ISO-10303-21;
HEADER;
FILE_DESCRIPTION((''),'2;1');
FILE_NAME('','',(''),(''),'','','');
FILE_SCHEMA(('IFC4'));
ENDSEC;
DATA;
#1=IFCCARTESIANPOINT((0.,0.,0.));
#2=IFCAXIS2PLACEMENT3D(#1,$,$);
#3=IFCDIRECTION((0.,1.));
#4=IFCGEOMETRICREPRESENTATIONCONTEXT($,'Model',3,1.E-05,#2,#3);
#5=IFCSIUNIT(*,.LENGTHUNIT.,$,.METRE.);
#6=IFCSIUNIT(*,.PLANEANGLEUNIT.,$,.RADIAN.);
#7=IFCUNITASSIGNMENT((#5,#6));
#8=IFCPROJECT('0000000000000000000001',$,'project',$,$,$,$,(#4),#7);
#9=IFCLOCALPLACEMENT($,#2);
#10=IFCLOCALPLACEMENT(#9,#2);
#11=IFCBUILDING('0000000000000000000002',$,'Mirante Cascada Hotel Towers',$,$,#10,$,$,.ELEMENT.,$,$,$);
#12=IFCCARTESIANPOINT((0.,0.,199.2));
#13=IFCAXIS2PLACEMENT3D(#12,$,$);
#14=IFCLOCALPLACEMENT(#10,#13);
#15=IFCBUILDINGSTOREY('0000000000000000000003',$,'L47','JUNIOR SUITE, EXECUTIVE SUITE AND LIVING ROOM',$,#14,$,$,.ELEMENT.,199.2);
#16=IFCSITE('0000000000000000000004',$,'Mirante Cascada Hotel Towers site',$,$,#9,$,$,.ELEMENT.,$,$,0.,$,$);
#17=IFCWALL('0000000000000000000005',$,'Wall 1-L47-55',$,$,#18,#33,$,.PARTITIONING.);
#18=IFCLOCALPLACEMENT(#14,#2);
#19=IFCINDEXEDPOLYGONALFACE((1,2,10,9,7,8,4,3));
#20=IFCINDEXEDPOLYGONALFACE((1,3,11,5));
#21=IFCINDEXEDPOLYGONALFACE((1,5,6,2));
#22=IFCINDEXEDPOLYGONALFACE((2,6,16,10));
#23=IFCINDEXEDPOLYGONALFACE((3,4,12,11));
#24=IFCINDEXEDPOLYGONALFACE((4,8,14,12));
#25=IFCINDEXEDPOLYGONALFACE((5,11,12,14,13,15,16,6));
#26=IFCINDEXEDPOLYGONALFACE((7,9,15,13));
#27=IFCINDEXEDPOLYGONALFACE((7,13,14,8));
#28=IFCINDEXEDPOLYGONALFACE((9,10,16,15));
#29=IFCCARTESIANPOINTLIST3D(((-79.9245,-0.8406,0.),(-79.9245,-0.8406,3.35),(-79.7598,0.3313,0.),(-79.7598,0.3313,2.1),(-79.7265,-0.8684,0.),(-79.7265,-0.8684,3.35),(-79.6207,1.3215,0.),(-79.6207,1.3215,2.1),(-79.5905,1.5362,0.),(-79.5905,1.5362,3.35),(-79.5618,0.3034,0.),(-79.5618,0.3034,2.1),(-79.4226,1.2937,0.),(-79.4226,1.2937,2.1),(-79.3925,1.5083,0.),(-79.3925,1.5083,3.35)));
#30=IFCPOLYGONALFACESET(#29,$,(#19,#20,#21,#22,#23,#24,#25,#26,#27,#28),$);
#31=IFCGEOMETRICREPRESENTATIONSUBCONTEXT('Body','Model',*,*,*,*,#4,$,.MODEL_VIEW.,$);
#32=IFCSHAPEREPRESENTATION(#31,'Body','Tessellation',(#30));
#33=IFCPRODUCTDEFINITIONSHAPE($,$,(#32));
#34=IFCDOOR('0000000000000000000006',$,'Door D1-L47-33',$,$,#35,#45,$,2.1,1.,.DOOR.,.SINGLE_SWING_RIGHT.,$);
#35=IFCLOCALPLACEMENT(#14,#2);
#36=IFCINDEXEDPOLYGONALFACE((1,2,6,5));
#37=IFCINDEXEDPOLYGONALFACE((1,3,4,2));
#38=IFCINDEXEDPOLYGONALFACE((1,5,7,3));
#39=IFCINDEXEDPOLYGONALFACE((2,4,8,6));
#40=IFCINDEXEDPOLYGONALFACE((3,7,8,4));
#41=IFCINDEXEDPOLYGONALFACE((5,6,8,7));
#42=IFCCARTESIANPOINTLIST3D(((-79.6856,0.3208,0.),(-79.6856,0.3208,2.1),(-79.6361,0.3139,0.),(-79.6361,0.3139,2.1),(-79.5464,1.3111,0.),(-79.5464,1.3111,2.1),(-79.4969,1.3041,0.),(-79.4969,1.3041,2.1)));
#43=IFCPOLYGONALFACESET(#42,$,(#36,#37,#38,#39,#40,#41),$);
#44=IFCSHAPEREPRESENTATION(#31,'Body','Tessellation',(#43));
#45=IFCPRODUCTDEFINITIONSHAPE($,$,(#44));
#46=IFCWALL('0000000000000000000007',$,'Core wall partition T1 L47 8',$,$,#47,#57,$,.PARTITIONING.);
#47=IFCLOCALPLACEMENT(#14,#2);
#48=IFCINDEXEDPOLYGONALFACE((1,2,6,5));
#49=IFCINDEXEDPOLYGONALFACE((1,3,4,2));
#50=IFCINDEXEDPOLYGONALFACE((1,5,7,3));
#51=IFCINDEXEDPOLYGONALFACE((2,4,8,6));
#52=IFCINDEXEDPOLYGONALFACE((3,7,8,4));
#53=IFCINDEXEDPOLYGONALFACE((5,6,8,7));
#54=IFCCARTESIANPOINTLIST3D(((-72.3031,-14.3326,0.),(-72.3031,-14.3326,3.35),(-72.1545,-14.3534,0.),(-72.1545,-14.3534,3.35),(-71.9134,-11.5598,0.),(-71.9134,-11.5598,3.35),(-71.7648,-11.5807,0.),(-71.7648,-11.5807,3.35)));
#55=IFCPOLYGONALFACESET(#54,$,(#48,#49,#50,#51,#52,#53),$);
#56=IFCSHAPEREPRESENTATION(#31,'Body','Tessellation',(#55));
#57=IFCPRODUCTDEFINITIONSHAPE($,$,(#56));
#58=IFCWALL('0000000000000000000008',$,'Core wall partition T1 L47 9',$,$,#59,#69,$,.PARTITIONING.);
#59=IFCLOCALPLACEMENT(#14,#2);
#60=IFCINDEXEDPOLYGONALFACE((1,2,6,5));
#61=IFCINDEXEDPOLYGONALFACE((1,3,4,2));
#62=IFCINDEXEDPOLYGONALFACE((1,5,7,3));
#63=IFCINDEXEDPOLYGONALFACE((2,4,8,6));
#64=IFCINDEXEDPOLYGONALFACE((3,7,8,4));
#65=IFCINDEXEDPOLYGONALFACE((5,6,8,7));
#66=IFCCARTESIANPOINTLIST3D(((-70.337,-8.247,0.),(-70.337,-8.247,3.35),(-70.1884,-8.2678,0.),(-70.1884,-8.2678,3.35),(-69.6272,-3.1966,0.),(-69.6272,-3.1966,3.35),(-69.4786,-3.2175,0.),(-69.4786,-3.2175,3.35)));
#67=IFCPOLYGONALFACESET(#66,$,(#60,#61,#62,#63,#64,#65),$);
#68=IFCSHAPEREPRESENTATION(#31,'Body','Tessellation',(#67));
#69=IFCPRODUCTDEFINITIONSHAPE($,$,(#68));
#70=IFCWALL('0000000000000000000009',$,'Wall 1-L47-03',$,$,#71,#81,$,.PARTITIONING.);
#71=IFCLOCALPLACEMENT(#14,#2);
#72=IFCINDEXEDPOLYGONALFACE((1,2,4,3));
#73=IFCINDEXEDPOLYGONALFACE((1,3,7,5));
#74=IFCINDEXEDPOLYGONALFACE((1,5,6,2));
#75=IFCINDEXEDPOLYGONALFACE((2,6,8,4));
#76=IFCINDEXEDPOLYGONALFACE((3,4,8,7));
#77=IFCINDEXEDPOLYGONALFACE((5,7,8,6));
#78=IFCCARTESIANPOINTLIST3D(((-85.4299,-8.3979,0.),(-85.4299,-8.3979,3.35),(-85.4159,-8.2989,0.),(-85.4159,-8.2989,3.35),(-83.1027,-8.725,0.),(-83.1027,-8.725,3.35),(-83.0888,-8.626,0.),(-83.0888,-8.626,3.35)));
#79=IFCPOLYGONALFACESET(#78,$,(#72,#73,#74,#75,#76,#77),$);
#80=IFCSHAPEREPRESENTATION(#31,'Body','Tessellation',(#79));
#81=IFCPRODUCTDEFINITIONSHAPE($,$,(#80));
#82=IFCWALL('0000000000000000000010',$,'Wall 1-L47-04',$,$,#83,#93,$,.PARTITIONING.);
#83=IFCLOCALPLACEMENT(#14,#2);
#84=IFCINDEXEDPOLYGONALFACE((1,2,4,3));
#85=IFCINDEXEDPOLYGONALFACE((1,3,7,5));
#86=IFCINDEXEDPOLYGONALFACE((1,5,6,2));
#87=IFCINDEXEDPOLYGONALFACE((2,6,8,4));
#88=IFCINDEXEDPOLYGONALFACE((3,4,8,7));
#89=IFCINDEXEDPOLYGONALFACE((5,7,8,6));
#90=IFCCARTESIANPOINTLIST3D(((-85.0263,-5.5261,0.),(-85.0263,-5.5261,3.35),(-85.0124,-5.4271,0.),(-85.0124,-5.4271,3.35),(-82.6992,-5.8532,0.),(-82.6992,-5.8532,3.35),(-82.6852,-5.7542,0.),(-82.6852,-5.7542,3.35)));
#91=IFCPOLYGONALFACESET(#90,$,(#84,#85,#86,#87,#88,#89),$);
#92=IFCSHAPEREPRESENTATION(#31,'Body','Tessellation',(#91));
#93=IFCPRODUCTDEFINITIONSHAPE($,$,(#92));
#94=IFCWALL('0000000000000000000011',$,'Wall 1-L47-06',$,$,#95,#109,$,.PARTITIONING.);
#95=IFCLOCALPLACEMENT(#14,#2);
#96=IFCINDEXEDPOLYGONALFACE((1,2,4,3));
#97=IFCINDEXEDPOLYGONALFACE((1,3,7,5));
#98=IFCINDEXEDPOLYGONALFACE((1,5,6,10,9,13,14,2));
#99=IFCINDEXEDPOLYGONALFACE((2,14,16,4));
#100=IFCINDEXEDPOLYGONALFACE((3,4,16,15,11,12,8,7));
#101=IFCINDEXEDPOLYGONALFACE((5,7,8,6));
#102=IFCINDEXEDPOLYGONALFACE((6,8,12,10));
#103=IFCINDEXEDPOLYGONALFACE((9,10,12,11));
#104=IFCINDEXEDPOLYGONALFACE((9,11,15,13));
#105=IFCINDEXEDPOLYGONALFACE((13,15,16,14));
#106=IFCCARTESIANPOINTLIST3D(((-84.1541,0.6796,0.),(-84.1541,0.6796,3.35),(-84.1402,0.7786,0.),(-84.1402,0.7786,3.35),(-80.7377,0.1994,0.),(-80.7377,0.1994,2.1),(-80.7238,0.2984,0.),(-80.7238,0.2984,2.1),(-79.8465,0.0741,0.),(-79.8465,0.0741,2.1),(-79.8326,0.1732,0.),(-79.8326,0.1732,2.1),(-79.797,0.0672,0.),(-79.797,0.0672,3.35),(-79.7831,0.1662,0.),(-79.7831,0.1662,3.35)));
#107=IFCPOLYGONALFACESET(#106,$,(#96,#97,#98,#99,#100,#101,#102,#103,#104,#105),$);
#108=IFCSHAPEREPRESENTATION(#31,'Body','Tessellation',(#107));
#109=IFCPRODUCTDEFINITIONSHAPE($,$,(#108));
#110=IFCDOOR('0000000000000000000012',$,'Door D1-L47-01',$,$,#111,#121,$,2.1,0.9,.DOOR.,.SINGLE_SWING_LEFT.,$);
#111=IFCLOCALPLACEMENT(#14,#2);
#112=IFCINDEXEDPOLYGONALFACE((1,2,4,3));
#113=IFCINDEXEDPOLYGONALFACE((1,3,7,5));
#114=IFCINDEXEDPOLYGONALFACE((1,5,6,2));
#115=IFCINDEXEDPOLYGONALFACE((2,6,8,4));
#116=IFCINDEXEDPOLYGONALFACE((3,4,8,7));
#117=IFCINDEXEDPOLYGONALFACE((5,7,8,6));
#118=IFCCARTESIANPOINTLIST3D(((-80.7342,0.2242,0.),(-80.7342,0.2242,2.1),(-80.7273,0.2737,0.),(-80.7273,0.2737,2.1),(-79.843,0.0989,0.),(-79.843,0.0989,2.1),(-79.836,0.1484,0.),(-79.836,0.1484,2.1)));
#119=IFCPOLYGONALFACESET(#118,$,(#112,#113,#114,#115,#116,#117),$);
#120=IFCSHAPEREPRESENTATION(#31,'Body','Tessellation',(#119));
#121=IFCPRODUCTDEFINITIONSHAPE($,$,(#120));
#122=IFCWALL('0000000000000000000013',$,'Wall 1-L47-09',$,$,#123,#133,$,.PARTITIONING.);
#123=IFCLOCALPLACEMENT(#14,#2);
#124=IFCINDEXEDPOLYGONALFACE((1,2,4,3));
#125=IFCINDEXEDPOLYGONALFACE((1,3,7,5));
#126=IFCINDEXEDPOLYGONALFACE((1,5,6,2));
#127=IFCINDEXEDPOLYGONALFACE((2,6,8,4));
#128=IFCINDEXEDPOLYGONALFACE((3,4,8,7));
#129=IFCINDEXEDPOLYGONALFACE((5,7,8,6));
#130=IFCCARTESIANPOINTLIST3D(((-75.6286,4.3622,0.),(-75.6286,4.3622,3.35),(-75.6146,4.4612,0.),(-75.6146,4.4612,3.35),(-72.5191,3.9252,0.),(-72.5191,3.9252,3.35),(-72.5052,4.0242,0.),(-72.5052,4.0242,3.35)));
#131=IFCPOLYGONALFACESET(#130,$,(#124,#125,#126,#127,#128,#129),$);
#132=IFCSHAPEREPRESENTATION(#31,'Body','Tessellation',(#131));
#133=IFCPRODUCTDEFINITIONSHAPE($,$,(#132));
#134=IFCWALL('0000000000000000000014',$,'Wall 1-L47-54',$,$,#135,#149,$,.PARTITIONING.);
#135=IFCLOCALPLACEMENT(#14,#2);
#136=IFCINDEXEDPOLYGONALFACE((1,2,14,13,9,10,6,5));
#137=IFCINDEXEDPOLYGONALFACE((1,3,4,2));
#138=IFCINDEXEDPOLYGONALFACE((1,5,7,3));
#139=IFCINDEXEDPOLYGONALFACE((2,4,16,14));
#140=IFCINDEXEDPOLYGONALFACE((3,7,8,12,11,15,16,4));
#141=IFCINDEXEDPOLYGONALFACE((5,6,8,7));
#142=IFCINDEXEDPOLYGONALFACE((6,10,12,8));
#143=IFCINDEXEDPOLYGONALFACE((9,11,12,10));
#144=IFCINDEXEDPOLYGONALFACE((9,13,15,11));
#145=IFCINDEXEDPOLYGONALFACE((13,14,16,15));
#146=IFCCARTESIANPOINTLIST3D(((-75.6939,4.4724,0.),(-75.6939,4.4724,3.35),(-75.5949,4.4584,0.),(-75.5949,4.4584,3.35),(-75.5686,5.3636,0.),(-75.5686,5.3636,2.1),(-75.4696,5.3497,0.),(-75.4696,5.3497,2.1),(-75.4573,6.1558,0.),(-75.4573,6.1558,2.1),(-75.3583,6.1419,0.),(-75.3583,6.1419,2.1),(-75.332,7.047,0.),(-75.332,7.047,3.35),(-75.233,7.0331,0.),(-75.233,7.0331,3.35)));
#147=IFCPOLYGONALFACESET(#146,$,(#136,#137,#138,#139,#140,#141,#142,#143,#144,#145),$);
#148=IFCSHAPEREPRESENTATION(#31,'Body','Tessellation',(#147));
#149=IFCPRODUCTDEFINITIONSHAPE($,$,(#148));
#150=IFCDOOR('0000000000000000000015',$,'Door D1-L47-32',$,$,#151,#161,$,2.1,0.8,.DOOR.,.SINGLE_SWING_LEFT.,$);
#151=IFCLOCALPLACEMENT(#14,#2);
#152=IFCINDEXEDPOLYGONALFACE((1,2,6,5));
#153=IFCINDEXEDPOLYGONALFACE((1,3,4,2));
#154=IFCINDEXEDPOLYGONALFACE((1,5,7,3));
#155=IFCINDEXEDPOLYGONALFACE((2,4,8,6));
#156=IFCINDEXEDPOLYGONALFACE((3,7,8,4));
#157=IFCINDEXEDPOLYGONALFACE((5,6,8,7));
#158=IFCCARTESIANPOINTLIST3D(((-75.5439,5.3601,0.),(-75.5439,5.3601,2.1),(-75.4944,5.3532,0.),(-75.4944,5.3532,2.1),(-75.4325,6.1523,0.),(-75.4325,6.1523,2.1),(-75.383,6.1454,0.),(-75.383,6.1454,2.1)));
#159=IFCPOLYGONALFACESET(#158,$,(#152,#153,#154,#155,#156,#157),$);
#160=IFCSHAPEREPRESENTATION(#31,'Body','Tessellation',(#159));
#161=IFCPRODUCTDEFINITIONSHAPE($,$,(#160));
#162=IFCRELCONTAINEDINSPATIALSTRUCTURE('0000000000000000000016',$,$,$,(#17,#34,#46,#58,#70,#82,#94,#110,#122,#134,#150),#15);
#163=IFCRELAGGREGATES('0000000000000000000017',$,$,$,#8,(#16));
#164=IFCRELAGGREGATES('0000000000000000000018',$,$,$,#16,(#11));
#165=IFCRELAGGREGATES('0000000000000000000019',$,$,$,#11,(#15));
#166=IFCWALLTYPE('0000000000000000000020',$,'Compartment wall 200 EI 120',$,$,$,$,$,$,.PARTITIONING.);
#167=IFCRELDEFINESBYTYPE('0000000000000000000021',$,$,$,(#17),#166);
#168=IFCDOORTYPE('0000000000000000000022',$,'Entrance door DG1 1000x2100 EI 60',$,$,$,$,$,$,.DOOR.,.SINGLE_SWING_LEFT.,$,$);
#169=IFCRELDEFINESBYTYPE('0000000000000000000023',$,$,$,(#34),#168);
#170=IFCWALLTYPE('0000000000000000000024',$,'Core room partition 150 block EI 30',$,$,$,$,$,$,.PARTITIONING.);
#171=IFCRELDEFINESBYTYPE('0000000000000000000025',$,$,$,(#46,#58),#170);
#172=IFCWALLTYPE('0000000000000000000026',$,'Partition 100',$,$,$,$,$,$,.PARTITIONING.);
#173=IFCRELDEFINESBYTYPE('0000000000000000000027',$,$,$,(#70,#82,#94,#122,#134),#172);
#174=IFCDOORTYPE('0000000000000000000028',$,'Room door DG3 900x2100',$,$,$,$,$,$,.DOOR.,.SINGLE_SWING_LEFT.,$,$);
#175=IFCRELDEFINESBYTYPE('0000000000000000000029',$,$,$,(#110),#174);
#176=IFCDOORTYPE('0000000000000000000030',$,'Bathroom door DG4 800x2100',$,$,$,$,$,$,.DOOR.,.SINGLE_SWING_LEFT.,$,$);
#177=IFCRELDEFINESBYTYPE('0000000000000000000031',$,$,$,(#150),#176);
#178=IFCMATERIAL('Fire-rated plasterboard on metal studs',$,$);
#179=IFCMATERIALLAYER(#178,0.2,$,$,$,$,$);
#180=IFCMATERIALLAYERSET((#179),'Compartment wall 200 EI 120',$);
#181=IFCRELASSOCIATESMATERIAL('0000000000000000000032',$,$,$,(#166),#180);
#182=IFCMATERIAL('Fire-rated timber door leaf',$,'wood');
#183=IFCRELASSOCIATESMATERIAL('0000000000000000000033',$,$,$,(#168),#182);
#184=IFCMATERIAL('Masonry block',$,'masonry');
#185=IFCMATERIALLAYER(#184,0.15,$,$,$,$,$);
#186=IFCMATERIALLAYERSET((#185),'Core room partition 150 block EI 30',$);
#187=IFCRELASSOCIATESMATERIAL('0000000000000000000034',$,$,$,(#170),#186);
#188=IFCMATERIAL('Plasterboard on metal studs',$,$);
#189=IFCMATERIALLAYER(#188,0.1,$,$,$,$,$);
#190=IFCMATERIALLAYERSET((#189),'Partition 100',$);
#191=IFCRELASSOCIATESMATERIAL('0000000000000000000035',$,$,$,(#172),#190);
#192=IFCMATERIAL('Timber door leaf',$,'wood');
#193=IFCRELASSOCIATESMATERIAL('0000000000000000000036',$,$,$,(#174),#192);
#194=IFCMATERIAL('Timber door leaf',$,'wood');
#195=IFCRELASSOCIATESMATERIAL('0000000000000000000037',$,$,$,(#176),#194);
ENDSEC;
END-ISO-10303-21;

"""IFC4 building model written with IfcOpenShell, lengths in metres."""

from ifc_helpers import new_model, si_unit, direction, frame, frame_2d, origin, place, context, subcontext, project, spatial, rectangle, extrude, material, layer, layer_set, type_object, element, fill, save


model = new_model("IFC4")

# Units and contexts
model_context = context("Model", 3, precision=1e-05, world=origin(), true_north=direction((0.0, 1.0)))
body_context = subcontext(model_context, "Body", "Model", "MODEL_VIEW")
ifc_project = project(units=[si_unit("LENGTHUNIT", "METRE"), si_unit("PLANEANGLEUNIT", "RADIAN")], contexts=[model_context])

# Site, building, storey
site_placement = place(None, origin())
site = spatial("IfcSite", under=ifc_project, at=site_placement, Name="Mirante Cascada Hotel Towers site", CompositionType="ELEMENT", RefElevation=0.0)
building_placement = place(site_placement, origin())
building = spatial("IfcBuilding", under=site, at=building_placement, Name="Mirante Cascada Hotel Towers", CompositionType="ELEMENT")
storey_placement = place(building_placement, frame((0.0, 0.0, 199.2)))
storey = spatial("IfcBuildingStorey", under=building, at=storey_placement, Name="L47", Description="JUNIOR SUITE, EXECUTIVE SUITE AND LIVING ROOM", CompositionType="ELEMENT", Elevation=199.2)

# Wall, opening, door
ifc_material_1 = material(Name="Fire-rated plasterboard on metal studs")
ifc_layer_1 = layer(ifc_material_1, 0.2)
ifc_layer_set_1 = layer_set([ifc_layer_1], Name="Compartment wall 200 EI 120")
wall_type_1 = type_object("IfcWallType", Name="Compartment wall 200 EI 120", PredefinedType="PARTITIONING", material=ifc_layer_set_1)
wall_1_placement = place(storey_placement, frame((-79.4915, 1.5222, 0.0), z_axis=(0.0, 0.0, 1.0), x_axis=(-0.139163, -0.990269, 0.0)))
wall_1 = element("IfcWall", 1, at=wall_1_placement, inside=storey, type_object=wall_type_1, Name="Wall 1-L47-55", PredefinedType="PARTITIONING", context=body_context, shape_type="SweptSolid", body=[
    extrude(rectangle(XDim=2.4001, YDim=0.2, at=frame_2d((1.2, 0.0))), origin(), (0.0, 0.0, 1.0), 3.35),
])
opening_1_placement = place(wall_1_placement, frame((0.2167, 0.0, 0.0)))
opening_1 = element("IfcOpeningElement", 2, at=opening_1_placement, cuts=wall_1, PredefinedType="OPENING", context=body_context, shape_type="SweptSolid", body=[
    extrude(rectangle(XDim=1.0, YDim=2.1, at=frame_2d((0.5, 1.05))), frame((0.0, 0.1, 0.0), z_axis=(0.0, -1.0, 0.0), x_axis=(1.0, 0.0, 0.0)), (0.0, 0.0, 1.0), 0.2),
])
ifc_material_2 = material(Name="Fire-rated timber door leaf", Category="wood")
door_type_1 = type_object("IfcDoorType", Name="Entrance door DG1 1000x2100 EI 60", OperationType="SINGLE_SWING_LEFT", PredefinedType="DOOR", material=ifc_material_2)
door_1_placement = place(opening_1_placement, frame((1.0, 0.0, 0.0), z_axis=(0.0, 0.0, 1.0), x_axis=(-1.0, 0.0, 0.0)))
door_1 = element("IfcDoor", 3, at=door_1_placement, inside=storey, type_object=door_type_1, Name="Door D1-L47-33", OperationType="SINGLE_SWING_RIGHT", OverallHeight=2.1, OverallWidth=1.0, PredefinedType="DOOR", context=body_context, shape_type="SweptSolid", body=[
    extrude(rectangle(XDim=1.0, YDim=2.1, at=frame_2d((0.5, 1.05))), frame((0.0, 0.025, 0.0), z_axis=(0.0, -1.0, 0.0), x_axis=(1.0, 0.0, 0.0)), (0.0, 0.0, 1.0), 0.05),
])
fill(opening_1, door_1)

# Walls
ifc_material_3 = material(Name="Masonry block", Category="masonry")
ifc_layer_2 = layer(ifc_material_3, 0.15)
ifc_layer_set_2 = layer_set([ifc_layer_2], Name="Core room partition 150 block EI 30")
wall_type_2 = type_object("IfcWallType", Name="Core room partition 150 block EI 30", PredefinedType="PARTITIONING", material=ifc_layer_set_2)
wall_2_placement = place(storey_placement, frame((-72.2288, -14.343, 0.0), z_axis=(0.0, 0.0, 1.0), x_axis=(0.139181, 0.990267, 0.0)))
element("IfcWall", 4, at=wall_2_placement, inside=storey, type_object=wall_type_2, Name="Core wall partition T1 L47 8", PredefinedType="PARTITIONING", context=body_context, shape_type="SweptSolid", body=[
    extrude(rectangle(XDim=2.8, YDim=0.15, at=frame_2d((1.4, 0.0))), origin(), (0.0, 0.0, 1.0), 3.35),
])
wall_3_placement = place(storey_placement, frame((-70.2627, -8.2574, 0.0), z_axis=(0.0, 0.0, 1.0), x_axis=(0.139176, 0.990268, 0.0)))
element("IfcWall", 5, at=wall_3_placement, inside=storey, type_object=wall_type_2, Name="Core wall partition T1 L47 9", PredefinedType="PARTITIONING", context=body_context, shape_type="SweptSolid", body=[
    extrude(rectangle(XDim=5.1, YDim=0.15, at=frame_2d((2.55, 0.0))), origin(), (0.0, 0.0, 1.0), 3.35),
])
ifc_material_4 = material(Name="Plasterboard on metal studs")
ifc_layer_3 = layer(ifc_material_4, 0.1)
ifc_layer_set_3 = layer_set([ifc_layer_3], Name="Partition 100")
wall_type_3 = type_object("IfcWallType", Name="Partition 100", PredefinedType="PARTITIONING", material=ifc_layer_set_3)
for number, where, z_axis, x_axis, name in (
    (6, (-85.4229, -8.3484, 0.0), (0.0, 0.0, 1.0), (0.990265, -0.139193, 0.0), "Wall 1-L47-03"),
    (7, (-82.6922, -5.8037, 0.0), (0.0, 0.0, 1.0), (-0.990265, 0.139193, 0.0), "Wall 1-L47-04"),
):
    element("IfcWall", number, at=place(storey_placement, frame(where, z_axis=z_axis, x_axis=x_axis)), inside=storey, type_object=wall_type_3, Name=name, PredefinedType="PARTITIONING", context=body_context, shape_type="SweptSolid", body=[
        extrude(rectangle(XDim=2.35, YDim=0.1, at=frame_2d((1.175, 0.0))), origin(), (0.0, 0.0, 1.0), 3.35),
    ])

# Wall, opening, door
wall_4_placement = place(storey_placement, frame((-79.79, 0.1167, 0.0), z_axis=(0.0, 0.0, 1.0), x_axis=(-0.990267, 0.139184, 0.0)))
wall_4 = element("IfcWall", 8, at=wall_4_placement, inside=storey, type_object=wall_type_3, Name="Wall 1-L47-06", PredefinedType="PARTITIONING", context=body_context, shape_type="SweptSolid", body=[
    extrude(rectangle(XDim=4.3999, YDim=0.1, at=frame_2d((2.2, 0.0))), origin(), (0.0, 0.0, 1.0), 3.35),
])
opening_2_placement = place(wall_4_placement, frame((0.05, 0.0, 0.0)))
opening_2 = element("IfcOpeningElement", 9, at=opening_2_placement, cuts=wall_4, PredefinedType="OPENING", context=body_context, shape_type="SweptSolid", body=[
    extrude(rectangle(XDim=0.9, YDim=2.1, at=frame_2d((0.45, 1.05))), frame((0.0, 0.05, 0.0), z_axis=(0.0, -1.0, 0.0), x_axis=(1.0, 0.0, 0.0)), (0.0, 0.0, 1.0), 0.1),
])
ifc_material_5 = material(Name="Timber door leaf", Category="wood")
door_type_2 = type_object("IfcDoorType", Name="Room door DG3 900x2100", OperationType="SINGLE_SWING_LEFT", PredefinedType="DOOR", material=ifc_material_5)
door_2_placement = place(opening_2_placement, origin())
door_2 = element("IfcDoor", 10, at=door_2_placement, inside=storey, type_object=door_type_2, Name="Door D1-L47-01", OperationType="SINGLE_SWING_LEFT", OverallHeight=2.1, OverallWidth=0.9, PredefinedType="DOOR", context=body_context, shape_type="SweptSolid", body=[
    extrude(rectangle(XDim=0.9, YDim=2.1, at=frame_2d((0.45, 1.05))), frame((0.0, 0.025, 0.0), z_axis=(0.0, -1.0, 0.0), x_axis=(1.0, 0.0, 0.0)), (0.0, 0.0, 1.0), 0.05),
])
fill(opening_2, door_2)

# Wall
wall_5_placement = place(storey_placement, frame((-75.6216, 4.4117, 0.0), z_axis=(0.0, 0.0, 1.0), x_axis=(0.990268, -0.139174, 0.0)))
element("IfcWall", 11, at=wall_5_placement, inside=storey, type_object=wall_type_3, Name="Wall 1-L47-09", PredefinedType="PARTITIONING", context=body_context, shape_type="SweptSolid", body=[
    extrude(rectangle(XDim=3.14, YDim=0.1, at=frame_2d((1.57, 0.0))), origin(), (0.0, 0.0, 1.0), 3.35),
])

# Wall, opening, door
wall_6_placement = place(storey_placement, frame((-75.6444, 4.4654, 0.0), z_axis=(0.0, 0.0, 1.0), x_axis=(0.139192, 0.990265, 0.0)))
wall_6 = element("IfcWall", 12, at=wall_6_placement, inside=storey, type_object=wall_type_3, Name="Wall 1-L47-54", PredefinedType="PARTITIONING", context=body_context, shape_type="SweptSolid", body=[
    extrude(rectangle(XDim=2.6, YDim=0.1, at=frame_2d((1.3, 0.0))), origin(), (0.0, 0.0, 1.0), 3.35),
])
opening_3_placement = place(wall_6_placement, frame((0.9, 0.0, 0.0)))
opening_3 = element("IfcOpeningElement", 13, at=opening_3_placement, cuts=wall_6, PredefinedType="OPENING", context=body_context, shape_type="SweptSolid", body=[
    extrude(rectangle(XDim=0.8, YDim=2.1, at=frame_2d((0.4, 1.05))), frame((0.0, 0.05, 0.0), z_axis=(0.0, -1.0, 0.0), x_axis=(1.0, 0.0, 0.0)), (0.0, 0.0, 1.0), 0.1),
])
ifc_material_6 = material(Name="Timber door leaf", Category="wood")
door_type_3 = type_object("IfcDoorType", Name="Bathroom door DG4 800x2100", OperationType="SINGLE_SWING_LEFT", PredefinedType="DOOR", material=ifc_material_6)
door_3_placement = place(opening_3_placement, origin())
door_3 = element("IfcDoor", 14, at=door_3_placement, inside=storey, type_object=door_type_3, Name="Door D1-L47-32", OperationType="SINGLE_SWING_LEFT", OverallHeight=2.1, OverallWidth=0.8, PredefinedType="DOOR", context=body_context, shape_type="SweptSolid", body=[
    extrude(rectangle(XDim=0.8, YDim=2.1, at=frame_2d((0.4, 1.05))), frame((0.0, 0.025, 0.0), z_axis=(0.0, -1.0, 0.0), x_axis=(1.0, 0.0, 0.0)), (0.0, 0.0, 1.0), 0.05),
])
fill(opening_3, door_3)

save(model, "model.ifc")
